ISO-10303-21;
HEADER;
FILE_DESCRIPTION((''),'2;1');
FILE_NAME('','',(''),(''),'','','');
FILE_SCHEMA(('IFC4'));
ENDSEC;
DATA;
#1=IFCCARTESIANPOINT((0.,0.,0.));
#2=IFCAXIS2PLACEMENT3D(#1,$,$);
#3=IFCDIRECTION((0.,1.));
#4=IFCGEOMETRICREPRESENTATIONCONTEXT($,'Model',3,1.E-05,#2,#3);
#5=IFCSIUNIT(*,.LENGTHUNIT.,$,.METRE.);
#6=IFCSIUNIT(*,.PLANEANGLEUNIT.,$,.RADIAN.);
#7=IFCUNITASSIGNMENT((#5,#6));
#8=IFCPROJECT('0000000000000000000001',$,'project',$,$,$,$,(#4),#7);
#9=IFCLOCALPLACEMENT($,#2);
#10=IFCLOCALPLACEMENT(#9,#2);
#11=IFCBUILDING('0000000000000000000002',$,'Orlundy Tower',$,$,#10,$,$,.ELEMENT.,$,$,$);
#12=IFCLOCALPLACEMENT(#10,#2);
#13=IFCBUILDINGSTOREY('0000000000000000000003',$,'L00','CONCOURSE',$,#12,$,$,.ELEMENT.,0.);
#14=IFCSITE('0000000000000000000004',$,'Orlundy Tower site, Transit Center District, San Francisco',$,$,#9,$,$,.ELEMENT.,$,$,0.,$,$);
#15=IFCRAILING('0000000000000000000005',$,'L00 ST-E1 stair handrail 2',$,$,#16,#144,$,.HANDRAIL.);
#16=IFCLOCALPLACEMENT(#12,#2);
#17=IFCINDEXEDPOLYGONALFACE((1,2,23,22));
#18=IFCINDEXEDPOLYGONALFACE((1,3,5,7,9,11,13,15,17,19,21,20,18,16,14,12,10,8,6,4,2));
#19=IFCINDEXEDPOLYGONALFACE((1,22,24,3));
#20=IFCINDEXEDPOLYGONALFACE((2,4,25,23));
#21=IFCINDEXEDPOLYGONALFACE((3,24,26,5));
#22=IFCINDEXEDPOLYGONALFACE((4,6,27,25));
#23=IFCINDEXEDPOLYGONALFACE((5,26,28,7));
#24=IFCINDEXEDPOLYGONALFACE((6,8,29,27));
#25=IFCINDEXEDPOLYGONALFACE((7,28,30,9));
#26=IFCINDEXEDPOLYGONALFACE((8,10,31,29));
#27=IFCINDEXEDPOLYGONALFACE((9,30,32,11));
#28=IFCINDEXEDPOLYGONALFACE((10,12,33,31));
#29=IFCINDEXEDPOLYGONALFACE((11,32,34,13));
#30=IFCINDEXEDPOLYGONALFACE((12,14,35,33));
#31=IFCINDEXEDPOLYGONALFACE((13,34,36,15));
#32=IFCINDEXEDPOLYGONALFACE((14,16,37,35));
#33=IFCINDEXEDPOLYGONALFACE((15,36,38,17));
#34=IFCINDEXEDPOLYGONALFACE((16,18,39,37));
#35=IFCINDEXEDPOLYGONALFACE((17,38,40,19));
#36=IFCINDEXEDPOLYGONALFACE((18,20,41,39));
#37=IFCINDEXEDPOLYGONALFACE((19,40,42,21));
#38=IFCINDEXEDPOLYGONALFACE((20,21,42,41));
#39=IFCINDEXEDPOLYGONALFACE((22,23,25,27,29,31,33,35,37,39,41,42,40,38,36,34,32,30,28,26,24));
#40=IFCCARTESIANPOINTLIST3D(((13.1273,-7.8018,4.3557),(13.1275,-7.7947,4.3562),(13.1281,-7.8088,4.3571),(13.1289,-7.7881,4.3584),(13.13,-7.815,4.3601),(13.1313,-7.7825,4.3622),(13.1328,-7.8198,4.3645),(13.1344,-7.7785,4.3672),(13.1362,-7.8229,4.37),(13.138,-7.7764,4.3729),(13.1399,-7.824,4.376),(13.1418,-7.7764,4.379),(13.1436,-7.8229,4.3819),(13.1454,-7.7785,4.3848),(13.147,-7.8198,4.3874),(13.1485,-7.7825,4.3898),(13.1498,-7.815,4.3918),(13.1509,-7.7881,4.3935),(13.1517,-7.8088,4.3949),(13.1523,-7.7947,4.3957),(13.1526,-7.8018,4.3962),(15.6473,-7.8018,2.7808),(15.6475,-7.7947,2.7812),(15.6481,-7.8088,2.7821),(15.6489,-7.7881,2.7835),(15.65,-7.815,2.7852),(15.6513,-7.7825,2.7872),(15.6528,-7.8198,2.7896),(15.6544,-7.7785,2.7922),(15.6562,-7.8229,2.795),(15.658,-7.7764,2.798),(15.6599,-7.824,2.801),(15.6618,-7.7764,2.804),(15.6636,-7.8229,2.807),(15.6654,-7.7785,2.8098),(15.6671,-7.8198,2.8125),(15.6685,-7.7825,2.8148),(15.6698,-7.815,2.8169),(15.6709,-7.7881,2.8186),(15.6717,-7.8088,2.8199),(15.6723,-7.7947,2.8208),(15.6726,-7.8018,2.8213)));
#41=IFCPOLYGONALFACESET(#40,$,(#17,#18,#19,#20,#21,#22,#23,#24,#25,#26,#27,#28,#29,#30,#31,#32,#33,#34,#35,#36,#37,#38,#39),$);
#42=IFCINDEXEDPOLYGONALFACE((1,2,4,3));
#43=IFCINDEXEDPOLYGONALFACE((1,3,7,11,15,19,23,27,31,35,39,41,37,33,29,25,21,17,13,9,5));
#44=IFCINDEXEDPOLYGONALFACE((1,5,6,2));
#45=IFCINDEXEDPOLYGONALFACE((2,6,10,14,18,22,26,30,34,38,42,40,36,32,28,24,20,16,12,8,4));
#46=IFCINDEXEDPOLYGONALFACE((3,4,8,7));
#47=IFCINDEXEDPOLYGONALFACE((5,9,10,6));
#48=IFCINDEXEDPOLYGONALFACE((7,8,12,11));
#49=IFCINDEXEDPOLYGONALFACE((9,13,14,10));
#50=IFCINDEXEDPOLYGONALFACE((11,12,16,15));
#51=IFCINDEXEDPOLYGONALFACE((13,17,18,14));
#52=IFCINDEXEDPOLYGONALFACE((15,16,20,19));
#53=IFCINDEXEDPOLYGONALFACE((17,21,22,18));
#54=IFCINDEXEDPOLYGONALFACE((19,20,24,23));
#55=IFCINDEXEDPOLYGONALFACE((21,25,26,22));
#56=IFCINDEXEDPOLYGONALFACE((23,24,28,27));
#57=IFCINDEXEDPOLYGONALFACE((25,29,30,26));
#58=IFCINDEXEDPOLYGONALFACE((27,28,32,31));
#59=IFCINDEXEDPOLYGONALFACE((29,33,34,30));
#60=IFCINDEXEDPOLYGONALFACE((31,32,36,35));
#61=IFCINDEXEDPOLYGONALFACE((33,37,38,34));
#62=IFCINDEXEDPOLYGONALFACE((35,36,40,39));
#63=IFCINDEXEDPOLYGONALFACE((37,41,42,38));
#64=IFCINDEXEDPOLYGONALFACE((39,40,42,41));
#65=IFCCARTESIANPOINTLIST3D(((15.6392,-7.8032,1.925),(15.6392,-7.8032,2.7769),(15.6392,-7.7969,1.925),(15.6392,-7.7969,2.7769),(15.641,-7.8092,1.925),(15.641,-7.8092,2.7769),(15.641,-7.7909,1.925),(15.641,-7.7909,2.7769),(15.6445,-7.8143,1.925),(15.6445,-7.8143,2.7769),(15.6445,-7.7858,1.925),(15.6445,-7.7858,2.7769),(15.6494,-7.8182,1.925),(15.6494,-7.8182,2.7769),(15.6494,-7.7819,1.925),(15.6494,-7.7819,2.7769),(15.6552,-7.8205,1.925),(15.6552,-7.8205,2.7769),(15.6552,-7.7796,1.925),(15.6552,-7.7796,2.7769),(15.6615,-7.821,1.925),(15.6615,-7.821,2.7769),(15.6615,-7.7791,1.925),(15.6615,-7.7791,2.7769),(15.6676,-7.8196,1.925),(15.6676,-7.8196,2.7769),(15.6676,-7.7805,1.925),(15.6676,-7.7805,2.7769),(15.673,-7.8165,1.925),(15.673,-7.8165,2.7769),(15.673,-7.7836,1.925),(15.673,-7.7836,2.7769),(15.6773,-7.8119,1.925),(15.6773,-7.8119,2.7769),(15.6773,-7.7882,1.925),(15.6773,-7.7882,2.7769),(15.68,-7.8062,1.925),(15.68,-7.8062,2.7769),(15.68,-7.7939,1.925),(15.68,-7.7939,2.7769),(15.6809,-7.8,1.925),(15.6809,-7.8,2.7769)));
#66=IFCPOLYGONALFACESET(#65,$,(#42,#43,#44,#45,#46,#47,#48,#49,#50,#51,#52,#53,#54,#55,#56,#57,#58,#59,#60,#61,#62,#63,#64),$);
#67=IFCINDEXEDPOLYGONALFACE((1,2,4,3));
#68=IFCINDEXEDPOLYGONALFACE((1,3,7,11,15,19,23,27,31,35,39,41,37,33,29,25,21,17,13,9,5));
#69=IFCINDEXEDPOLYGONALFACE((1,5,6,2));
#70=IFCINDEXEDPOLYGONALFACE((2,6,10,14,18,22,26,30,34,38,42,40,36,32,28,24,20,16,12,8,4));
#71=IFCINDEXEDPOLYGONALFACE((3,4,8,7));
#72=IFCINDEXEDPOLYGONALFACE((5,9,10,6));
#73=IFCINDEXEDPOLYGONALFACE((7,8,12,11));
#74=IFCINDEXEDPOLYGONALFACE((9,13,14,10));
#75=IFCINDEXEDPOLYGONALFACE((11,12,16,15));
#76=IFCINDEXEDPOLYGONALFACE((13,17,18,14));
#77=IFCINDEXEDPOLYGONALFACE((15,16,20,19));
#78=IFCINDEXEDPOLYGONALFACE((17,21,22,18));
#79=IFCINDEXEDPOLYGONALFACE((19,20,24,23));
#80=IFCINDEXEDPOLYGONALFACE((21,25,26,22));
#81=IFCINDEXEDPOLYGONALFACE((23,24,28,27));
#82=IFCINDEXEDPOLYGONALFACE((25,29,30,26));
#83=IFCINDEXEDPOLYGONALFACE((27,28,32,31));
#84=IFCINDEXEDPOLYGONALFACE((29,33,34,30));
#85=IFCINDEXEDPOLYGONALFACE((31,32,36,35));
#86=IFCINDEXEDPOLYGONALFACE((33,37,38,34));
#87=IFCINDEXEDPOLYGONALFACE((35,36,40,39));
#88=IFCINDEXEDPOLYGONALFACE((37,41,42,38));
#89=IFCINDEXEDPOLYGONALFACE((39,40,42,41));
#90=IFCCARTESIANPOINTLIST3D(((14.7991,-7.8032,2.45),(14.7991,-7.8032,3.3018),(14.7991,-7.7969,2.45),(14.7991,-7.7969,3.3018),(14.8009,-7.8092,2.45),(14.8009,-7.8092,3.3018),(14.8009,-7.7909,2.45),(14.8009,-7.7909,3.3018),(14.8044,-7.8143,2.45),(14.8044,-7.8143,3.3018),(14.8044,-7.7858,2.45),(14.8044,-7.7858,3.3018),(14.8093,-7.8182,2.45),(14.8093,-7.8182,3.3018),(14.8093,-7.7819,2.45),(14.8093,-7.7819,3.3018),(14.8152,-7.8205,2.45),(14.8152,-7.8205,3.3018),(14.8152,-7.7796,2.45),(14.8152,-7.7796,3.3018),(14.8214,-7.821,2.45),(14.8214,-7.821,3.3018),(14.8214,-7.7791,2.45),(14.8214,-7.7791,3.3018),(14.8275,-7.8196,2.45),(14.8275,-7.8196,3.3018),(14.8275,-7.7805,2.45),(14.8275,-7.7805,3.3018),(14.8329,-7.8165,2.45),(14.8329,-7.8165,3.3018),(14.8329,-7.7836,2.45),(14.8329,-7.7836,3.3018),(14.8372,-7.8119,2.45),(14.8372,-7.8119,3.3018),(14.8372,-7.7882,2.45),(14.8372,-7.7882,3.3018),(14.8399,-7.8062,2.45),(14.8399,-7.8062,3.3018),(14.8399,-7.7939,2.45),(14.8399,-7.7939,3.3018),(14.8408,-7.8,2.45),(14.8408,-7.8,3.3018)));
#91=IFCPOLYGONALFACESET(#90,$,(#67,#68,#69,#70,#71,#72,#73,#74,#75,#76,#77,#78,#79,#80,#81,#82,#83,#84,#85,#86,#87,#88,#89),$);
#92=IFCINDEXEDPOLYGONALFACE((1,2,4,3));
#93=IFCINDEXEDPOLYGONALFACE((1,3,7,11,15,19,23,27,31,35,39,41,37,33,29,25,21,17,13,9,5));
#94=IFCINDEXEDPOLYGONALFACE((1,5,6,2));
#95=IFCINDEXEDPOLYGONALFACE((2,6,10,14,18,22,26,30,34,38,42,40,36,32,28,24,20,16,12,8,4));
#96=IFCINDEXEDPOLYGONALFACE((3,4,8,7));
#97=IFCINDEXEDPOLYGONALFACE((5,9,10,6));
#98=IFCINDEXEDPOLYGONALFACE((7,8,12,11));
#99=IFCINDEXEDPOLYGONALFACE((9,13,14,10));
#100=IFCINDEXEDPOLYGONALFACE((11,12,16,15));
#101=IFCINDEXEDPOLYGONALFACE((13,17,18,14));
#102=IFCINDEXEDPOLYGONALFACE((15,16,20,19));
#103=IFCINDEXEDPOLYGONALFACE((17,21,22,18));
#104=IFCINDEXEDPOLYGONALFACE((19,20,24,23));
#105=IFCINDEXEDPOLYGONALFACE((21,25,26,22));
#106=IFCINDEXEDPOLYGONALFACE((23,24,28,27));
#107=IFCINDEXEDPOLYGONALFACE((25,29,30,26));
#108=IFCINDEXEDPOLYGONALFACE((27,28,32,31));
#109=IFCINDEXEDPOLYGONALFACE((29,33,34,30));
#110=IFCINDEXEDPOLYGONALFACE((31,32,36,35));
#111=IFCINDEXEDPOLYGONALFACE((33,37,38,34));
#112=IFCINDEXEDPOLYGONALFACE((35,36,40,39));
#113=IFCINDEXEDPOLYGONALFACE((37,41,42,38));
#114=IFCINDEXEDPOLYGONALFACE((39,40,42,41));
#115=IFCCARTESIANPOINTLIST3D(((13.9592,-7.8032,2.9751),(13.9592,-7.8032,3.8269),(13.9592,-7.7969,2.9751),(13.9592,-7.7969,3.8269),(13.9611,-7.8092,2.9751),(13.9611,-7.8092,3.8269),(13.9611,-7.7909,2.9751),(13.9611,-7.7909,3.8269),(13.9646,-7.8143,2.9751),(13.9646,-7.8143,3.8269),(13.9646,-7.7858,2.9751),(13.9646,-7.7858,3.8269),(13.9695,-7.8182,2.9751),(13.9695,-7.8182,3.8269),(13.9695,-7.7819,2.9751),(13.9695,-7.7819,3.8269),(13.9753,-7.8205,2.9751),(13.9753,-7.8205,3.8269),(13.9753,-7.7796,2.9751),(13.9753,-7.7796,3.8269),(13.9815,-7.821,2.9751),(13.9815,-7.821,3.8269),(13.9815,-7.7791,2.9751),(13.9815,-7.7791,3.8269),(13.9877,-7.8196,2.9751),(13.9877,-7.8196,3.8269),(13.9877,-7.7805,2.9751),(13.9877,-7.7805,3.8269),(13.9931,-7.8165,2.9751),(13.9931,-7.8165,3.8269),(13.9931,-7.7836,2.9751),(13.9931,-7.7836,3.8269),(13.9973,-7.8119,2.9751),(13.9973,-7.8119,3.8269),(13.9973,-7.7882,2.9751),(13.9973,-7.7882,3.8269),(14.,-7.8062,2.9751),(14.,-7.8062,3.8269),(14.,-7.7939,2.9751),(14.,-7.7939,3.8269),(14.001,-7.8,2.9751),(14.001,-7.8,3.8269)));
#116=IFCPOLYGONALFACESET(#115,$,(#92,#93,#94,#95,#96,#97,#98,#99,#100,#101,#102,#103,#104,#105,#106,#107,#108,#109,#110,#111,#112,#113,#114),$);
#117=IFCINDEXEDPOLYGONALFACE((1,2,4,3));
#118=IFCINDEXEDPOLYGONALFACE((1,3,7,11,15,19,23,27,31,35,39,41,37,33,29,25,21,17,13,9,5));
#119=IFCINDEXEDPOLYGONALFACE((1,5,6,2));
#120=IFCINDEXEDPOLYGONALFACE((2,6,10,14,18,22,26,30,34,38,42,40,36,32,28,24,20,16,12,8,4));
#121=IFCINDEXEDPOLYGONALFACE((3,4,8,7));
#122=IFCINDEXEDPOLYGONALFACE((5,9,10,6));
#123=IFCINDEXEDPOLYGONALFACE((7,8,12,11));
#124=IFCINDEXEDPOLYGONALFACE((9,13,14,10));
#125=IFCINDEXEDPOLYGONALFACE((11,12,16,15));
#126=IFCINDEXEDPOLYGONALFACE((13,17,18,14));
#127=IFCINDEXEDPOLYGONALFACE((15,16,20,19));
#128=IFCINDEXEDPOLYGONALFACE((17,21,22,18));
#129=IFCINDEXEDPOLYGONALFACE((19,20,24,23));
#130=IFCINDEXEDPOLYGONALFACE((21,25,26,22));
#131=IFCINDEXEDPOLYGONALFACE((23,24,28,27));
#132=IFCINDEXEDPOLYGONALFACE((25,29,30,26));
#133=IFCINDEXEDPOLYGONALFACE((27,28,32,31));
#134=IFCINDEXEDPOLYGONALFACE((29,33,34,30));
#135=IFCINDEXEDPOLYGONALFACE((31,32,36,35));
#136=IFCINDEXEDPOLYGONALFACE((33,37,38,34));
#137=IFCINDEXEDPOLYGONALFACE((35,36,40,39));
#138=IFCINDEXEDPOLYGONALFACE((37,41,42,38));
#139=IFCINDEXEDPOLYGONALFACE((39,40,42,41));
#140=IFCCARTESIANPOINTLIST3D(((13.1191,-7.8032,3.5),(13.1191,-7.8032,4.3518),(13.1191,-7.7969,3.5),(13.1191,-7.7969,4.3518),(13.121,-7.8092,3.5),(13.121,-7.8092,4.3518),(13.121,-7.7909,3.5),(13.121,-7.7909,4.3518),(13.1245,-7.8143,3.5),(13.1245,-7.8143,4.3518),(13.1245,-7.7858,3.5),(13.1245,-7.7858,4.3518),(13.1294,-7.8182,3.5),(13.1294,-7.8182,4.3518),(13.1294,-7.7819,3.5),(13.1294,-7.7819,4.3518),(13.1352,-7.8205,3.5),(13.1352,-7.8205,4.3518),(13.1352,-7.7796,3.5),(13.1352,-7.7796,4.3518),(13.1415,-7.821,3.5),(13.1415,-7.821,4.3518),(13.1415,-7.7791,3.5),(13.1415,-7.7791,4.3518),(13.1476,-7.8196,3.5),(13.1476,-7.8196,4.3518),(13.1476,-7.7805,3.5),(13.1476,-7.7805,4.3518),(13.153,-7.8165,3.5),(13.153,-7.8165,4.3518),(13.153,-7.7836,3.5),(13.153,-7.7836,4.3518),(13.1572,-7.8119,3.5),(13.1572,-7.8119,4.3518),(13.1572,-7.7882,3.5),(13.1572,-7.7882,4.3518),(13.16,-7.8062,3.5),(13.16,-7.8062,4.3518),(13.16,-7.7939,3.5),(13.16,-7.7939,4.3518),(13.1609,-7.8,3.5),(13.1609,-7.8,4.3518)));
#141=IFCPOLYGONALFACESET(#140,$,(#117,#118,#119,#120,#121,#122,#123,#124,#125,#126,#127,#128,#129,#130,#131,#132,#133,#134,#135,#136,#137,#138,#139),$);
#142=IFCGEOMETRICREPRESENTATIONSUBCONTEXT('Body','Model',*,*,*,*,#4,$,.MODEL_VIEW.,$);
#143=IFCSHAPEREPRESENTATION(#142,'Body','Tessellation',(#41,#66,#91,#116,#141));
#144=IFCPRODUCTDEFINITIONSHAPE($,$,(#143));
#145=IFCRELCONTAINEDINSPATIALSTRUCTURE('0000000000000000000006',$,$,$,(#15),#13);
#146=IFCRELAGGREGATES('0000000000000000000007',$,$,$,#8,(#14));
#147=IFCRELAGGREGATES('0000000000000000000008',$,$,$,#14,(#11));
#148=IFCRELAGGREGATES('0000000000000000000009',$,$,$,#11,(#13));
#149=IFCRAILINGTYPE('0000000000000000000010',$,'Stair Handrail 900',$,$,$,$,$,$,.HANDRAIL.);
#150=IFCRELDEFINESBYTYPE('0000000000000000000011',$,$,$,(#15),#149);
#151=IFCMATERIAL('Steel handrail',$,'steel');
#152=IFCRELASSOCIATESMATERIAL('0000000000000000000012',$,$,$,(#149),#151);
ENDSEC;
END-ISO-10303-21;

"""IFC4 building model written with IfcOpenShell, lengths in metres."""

from ifc_helpers import new_model, si_unit, direction, frame, origin, origin_2d, place, context, subcontext, project, spatial, circle, extrude, material, type_object, element, save


model = new_model("IFC4")

# Units and contexts
model_context = context("Model", 3, precision=1e-05, world=origin(), true_north=direction((0.0, 1.0)))
body_context = subcontext(model_context, "Body", "Model", "MODEL_VIEW")
ifc_project = project(units=[si_unit("LENGTHUNIT", "METRE"), si_unit("PLANEANGLEUNIT", "RADIAN")], contexts=[model_context])

# Site, building, storey
site_placement = place(None, origin())
site = spatial("IfcSite", under=ifc_project, at=site_placement, Name="Orlundy Tower site, Transit Center District, San Francisco", CompositionType="ELEMENT", RefElevation=0.0)
building_placement = place(site_placement, origin())
building = spatial("IfcBuilding", under=site, at=building_placement, Name="Orlundy Tower", CompositionType="ELEMENT")
storey_placement = place(building_placement, origin())
storey = spatial("IfcBuildingStorey", under=building, at=storey_placement, Name="L00", Description="CONCOURSE", CompositionType="ELEMENT", Elevation=0.0)

# Railing
ifc_material_1 = material(Name="Steel handrail", Category="steel")
railing_type = type_object("IfcRailingType", Name="Stair Handrail 900", PredefinedType="HANDRAIL", material=ifc_material_1)
for number, where, name in (
    (1, (15.6599, -7.8, 1.925), "L00 ST-E1 stair handrail 2"),
):
    element("IfcRailing", number, at=place(storey_placement, frame(where)), inside=storey, type_object=railing_type, Name=name, PredefinedType="HANDRAIL", context=body_context, shape_type="SweptSolid", body=[
        extrude(circle(Radius=0.0239, at=origin_2d()), frame((0.0, 0.0, 0.876), z_axis=(-0.848008, 0.0, 0.529984), x_axis=(0.0, -1.0, 0.0)), (0.0, 0.0, 1.0), 2.9717),
        extrude(circle(Radius=0.021, at=origin_2d()), origin(), (0.0, 0.0, 1.0), 0.8518),
        extrude(circle(Radius=0.021, at=origin_2d()), frame((-0.8401, 0.0, 0.5249)), (0.0, 0.0, 1.0), 0.8518),
        extrude(circle(Radius=0.021, at=origin_2d()), frame((-1.6799, 0.0, 1.05)), (0.0, 0.0, 1.0), 0.8518),
        extrude(circle(Radius=0.021, at=origin_2d()), frame((-2.52, 0.0, 1.575)), (0.0, 0.0, 1.0), 0.8518),
    ])

save(model, "model.ifc")
